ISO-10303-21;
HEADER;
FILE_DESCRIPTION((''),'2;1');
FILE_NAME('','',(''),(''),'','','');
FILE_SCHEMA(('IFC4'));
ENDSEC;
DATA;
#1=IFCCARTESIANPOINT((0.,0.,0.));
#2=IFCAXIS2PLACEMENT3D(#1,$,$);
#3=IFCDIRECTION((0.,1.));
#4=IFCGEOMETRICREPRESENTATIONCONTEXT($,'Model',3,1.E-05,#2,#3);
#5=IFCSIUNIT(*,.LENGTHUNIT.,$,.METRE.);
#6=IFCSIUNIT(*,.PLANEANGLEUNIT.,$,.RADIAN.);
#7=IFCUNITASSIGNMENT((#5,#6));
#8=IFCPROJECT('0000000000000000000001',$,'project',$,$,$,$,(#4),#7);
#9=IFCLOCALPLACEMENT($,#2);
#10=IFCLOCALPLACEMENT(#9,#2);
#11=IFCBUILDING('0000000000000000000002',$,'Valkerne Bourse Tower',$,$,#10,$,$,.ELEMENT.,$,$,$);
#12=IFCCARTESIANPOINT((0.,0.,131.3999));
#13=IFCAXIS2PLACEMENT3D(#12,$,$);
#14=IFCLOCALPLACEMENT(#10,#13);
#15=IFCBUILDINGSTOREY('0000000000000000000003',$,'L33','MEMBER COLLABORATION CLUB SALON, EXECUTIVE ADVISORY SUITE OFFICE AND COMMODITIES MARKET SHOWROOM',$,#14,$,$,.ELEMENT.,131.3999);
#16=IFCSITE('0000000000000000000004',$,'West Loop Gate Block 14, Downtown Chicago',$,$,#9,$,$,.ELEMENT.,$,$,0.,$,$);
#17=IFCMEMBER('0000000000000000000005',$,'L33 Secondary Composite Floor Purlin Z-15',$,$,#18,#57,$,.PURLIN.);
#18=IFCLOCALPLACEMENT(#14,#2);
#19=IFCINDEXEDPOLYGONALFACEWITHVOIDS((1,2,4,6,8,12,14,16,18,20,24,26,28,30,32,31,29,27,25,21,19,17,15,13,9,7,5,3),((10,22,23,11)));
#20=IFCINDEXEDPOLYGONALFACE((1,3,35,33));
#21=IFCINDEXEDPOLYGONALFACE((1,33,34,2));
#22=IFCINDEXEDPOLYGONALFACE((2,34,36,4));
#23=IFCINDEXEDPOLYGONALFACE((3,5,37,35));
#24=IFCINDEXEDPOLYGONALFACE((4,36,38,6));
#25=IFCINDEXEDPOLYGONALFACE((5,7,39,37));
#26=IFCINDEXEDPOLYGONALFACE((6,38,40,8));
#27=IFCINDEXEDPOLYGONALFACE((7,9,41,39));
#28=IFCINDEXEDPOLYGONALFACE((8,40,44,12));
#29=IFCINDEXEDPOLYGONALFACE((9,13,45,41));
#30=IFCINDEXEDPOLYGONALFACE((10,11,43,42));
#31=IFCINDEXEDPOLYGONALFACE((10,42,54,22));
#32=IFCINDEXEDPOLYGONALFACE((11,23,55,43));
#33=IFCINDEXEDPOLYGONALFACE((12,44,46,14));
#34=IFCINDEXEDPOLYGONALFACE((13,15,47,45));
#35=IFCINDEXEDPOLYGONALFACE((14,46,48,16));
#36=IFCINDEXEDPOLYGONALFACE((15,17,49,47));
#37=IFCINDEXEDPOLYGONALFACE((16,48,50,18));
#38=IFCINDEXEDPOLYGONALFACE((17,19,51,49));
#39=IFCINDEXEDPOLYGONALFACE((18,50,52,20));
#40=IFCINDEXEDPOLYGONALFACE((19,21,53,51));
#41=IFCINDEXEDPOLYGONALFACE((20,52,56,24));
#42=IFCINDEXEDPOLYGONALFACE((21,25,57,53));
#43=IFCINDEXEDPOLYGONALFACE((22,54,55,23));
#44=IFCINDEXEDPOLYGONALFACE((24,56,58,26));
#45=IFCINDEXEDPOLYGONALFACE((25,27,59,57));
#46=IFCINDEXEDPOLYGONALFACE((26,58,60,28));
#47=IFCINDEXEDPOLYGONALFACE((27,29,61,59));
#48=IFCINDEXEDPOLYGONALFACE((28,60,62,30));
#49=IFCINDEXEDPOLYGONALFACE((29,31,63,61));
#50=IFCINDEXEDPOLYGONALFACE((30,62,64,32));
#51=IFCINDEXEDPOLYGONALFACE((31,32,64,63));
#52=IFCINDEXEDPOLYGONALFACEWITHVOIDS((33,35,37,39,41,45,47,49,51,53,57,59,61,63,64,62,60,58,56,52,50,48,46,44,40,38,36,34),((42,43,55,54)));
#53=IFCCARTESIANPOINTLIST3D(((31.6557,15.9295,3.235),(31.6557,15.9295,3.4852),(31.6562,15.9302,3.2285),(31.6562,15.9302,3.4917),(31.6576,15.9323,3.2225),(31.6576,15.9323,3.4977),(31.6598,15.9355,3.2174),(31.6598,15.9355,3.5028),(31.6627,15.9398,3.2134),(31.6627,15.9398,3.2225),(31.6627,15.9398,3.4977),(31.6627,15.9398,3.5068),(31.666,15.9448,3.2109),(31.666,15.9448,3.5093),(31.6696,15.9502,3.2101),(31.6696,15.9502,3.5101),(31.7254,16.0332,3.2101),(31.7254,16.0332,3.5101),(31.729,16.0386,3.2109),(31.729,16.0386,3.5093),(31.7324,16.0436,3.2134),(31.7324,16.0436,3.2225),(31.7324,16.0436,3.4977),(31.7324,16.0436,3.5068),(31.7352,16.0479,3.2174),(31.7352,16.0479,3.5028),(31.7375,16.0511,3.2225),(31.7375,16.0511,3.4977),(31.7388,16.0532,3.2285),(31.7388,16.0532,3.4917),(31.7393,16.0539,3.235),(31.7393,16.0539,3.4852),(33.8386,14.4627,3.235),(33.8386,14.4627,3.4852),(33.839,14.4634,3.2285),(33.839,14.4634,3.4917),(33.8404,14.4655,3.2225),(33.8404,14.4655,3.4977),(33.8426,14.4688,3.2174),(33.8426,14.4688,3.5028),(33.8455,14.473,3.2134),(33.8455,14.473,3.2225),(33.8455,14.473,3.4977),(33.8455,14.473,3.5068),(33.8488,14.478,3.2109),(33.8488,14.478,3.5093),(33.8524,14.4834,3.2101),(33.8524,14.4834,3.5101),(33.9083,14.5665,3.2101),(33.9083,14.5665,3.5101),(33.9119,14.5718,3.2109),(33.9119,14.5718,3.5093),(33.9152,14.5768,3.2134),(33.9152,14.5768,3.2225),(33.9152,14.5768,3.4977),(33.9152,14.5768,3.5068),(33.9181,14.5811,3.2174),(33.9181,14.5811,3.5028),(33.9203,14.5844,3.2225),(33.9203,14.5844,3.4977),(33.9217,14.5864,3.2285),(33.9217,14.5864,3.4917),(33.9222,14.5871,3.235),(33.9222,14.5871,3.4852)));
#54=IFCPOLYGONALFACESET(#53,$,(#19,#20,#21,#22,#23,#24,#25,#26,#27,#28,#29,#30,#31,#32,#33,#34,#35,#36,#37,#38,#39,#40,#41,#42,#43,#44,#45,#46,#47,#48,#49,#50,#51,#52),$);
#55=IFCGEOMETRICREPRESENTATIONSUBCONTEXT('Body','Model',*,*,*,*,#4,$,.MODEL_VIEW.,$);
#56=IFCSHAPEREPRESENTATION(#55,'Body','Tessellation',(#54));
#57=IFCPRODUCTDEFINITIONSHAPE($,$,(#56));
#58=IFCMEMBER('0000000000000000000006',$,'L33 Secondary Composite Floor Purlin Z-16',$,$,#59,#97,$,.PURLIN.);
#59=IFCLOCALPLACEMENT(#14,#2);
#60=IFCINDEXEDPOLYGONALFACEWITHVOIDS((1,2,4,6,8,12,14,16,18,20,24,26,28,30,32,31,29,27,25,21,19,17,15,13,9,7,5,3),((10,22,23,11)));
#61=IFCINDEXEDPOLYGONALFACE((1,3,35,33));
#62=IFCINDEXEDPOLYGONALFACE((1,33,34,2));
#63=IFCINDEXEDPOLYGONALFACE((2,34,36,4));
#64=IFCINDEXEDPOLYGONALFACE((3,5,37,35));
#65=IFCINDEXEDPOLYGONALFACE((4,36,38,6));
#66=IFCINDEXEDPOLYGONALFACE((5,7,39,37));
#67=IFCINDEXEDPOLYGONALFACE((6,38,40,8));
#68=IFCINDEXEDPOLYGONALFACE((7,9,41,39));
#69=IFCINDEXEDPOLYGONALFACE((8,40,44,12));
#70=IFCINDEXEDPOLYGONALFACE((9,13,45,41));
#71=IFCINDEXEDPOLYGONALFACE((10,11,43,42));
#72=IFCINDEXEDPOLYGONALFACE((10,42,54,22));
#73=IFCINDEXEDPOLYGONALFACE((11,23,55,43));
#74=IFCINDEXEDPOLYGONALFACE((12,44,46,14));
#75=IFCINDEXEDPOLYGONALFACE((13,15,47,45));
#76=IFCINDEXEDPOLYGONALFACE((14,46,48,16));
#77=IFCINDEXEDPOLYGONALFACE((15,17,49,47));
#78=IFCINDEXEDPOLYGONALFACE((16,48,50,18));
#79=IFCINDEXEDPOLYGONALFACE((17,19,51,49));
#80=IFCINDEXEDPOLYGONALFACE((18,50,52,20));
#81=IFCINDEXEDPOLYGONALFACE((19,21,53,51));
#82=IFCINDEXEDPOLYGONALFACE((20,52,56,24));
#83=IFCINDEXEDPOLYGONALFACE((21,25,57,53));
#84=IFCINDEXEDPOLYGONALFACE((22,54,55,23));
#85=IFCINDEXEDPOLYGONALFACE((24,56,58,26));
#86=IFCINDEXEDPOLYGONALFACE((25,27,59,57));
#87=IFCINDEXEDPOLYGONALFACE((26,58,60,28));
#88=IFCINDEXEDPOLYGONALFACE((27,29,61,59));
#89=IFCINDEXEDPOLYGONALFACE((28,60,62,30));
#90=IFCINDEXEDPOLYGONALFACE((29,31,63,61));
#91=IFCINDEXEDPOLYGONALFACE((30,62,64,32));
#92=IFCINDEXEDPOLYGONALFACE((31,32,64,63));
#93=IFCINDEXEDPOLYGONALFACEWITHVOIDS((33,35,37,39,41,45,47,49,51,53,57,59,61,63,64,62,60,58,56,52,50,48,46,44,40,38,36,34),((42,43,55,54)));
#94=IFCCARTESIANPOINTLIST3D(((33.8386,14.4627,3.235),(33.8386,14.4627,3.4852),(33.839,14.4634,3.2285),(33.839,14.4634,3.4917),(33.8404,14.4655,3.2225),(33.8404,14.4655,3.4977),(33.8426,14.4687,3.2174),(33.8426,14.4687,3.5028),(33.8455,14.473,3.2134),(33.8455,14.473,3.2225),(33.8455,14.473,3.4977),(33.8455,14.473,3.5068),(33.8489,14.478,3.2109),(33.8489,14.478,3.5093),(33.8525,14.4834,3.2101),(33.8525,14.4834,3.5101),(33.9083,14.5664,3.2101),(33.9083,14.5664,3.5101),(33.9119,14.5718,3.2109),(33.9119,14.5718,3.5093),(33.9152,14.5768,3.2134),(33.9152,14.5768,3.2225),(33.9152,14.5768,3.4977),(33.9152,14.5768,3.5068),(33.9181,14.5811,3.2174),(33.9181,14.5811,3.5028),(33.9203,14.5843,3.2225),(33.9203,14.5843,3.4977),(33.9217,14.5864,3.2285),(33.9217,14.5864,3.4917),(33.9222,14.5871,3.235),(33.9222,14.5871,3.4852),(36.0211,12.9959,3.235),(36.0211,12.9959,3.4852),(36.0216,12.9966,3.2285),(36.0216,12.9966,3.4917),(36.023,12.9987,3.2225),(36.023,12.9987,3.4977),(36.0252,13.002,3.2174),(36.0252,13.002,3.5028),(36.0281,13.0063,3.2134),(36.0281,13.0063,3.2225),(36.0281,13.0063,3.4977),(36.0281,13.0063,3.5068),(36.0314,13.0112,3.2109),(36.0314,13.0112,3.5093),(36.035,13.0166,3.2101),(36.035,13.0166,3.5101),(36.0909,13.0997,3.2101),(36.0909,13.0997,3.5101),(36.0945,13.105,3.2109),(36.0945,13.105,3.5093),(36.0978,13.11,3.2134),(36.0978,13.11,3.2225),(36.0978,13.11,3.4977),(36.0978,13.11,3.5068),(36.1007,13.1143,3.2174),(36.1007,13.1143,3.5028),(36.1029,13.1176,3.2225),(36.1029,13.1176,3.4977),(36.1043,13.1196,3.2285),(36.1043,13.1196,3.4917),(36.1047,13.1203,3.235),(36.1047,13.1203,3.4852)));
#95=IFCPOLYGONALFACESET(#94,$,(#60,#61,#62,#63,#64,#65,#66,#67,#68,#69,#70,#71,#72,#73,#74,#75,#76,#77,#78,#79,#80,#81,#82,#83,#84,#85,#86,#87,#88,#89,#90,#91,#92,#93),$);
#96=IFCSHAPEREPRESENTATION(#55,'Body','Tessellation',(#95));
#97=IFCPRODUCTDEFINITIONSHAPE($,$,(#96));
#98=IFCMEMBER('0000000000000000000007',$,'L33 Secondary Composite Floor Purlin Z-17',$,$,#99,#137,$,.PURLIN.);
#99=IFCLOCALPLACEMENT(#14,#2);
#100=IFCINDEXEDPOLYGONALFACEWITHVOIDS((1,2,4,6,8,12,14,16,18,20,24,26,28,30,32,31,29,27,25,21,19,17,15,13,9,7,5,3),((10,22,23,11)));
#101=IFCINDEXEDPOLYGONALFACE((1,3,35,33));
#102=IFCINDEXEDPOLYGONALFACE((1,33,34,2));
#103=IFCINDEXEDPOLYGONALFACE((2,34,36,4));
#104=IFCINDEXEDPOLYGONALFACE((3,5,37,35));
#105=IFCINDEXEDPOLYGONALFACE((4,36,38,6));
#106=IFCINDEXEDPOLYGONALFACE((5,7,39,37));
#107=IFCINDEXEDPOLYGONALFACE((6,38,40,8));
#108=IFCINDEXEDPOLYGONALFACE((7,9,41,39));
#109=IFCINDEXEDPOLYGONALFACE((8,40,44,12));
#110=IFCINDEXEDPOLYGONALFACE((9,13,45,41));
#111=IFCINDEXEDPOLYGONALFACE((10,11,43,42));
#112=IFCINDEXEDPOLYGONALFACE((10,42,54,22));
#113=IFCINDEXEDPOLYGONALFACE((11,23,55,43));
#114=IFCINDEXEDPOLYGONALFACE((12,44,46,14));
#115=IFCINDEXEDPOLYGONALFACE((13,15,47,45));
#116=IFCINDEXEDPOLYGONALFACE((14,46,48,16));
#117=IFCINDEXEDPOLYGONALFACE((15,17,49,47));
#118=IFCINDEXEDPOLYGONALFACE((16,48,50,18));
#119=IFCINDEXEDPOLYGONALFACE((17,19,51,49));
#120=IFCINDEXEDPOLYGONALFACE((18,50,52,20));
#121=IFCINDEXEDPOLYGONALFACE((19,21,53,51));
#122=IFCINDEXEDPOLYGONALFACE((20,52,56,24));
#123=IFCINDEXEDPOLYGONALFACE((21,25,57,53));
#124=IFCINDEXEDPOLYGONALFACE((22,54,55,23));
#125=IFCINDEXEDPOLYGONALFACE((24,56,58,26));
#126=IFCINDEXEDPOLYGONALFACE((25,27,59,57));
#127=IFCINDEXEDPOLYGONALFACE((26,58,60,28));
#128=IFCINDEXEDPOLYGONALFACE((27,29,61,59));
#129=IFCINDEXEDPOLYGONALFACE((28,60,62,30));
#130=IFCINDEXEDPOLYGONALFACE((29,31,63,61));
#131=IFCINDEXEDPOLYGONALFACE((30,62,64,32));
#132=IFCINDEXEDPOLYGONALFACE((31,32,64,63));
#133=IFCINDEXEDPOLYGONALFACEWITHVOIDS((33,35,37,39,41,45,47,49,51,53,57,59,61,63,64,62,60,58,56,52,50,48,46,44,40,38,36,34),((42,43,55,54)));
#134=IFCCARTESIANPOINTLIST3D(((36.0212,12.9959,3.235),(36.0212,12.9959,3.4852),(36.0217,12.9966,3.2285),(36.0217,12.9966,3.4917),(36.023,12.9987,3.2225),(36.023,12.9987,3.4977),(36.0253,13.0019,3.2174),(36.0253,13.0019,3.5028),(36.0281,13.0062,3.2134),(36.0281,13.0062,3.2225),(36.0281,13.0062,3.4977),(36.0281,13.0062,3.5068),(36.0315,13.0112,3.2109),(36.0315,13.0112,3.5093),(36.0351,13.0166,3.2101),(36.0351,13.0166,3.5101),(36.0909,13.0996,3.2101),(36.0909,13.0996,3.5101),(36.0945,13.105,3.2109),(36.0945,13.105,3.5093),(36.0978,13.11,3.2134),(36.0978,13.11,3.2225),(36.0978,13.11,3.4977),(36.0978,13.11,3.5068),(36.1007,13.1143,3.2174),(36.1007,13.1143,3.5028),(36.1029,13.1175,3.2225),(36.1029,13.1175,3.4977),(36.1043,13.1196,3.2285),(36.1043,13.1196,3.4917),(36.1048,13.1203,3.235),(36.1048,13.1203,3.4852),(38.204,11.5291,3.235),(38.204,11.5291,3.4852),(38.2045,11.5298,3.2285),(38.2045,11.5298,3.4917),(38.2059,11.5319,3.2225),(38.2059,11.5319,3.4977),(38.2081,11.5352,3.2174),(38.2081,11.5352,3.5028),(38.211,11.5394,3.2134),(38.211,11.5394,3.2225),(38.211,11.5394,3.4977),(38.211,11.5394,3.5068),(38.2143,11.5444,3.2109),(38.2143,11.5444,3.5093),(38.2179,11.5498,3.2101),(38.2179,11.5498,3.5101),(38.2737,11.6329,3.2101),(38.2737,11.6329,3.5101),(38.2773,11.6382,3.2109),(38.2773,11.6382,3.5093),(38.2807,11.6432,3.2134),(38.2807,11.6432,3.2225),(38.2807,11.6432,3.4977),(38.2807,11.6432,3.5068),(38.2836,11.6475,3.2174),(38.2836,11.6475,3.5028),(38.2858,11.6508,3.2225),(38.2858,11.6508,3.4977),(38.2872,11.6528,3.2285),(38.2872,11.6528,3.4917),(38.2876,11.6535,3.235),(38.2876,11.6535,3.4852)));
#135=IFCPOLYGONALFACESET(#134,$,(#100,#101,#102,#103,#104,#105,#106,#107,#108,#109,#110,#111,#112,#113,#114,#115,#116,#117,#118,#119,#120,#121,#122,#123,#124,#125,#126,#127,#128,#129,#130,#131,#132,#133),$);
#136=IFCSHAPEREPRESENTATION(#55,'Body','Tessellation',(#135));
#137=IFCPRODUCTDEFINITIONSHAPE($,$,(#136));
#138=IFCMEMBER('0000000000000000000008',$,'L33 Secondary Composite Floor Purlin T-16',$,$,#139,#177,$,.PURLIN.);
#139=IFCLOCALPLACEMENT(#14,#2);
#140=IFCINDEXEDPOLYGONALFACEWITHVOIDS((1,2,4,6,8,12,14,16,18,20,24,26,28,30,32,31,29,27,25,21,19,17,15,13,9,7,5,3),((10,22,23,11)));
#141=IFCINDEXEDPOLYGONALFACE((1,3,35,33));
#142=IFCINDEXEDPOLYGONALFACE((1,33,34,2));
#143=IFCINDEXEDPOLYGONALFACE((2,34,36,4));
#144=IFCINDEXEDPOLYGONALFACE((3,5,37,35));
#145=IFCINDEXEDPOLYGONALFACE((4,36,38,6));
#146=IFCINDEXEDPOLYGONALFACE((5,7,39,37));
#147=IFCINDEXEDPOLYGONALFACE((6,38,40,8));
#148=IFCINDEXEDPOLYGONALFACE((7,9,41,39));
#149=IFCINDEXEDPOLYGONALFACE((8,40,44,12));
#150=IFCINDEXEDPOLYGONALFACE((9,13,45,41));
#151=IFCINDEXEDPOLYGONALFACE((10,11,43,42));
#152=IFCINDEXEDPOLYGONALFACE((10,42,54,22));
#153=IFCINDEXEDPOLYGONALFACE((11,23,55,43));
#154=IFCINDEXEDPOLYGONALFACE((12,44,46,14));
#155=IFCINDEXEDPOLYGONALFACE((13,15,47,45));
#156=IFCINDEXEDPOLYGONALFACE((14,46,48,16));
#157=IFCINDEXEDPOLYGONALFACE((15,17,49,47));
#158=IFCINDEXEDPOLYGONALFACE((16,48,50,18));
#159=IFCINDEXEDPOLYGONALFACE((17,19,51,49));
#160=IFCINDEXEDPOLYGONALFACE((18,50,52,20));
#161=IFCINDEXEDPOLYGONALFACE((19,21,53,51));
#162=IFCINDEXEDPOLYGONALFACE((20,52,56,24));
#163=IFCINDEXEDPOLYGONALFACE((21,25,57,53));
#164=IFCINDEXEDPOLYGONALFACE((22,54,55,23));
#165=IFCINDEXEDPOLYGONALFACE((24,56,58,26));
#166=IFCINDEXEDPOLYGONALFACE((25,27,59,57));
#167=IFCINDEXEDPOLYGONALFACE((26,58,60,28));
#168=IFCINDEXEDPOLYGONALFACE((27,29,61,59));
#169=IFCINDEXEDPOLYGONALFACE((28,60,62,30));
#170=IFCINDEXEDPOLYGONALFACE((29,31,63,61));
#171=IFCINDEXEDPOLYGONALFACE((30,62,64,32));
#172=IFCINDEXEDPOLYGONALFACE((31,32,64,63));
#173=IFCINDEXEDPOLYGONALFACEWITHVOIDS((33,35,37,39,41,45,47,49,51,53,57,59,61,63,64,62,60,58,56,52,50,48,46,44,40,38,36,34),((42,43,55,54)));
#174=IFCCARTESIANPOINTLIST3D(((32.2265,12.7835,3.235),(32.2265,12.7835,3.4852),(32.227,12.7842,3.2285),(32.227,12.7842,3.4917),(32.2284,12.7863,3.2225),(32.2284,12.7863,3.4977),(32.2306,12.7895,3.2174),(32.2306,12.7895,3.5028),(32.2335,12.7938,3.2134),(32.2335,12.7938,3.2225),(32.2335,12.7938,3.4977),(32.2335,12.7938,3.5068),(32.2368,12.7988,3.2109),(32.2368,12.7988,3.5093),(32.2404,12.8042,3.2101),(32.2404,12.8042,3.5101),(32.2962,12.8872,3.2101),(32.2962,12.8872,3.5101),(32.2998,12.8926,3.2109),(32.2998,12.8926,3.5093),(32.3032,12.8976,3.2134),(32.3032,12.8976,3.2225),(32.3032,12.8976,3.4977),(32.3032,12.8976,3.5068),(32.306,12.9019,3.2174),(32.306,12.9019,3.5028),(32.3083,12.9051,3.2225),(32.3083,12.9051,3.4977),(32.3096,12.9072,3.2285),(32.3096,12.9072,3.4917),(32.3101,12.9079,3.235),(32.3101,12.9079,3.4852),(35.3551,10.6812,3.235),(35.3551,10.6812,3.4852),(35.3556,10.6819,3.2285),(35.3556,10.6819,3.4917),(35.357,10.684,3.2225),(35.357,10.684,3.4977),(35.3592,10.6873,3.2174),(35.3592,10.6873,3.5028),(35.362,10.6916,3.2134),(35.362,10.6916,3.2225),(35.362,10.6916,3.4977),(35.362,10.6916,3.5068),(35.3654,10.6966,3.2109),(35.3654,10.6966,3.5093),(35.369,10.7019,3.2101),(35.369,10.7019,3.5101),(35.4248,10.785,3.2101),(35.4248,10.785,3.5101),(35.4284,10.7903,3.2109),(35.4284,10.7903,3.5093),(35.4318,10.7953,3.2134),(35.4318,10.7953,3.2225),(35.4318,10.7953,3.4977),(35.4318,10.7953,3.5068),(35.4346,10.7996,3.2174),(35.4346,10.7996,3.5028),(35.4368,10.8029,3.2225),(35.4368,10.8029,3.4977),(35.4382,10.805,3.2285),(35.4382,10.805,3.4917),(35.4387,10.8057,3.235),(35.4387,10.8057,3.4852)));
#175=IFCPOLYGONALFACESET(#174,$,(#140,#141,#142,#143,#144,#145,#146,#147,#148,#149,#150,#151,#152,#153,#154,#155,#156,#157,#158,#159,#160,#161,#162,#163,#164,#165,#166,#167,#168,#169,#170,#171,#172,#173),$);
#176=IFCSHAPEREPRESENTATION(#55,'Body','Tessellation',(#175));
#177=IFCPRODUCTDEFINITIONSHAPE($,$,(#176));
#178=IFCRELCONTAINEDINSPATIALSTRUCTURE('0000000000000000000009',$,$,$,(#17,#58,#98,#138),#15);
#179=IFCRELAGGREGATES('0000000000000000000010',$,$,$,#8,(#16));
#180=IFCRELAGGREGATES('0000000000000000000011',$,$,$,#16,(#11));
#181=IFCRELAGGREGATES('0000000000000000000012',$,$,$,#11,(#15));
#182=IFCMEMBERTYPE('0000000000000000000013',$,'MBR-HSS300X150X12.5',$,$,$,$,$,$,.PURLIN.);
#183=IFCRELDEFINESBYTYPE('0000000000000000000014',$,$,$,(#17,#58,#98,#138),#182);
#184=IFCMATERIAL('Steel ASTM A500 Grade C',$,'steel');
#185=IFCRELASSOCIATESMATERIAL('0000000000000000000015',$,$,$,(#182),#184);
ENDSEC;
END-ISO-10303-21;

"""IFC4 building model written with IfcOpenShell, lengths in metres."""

from ifc_helpers import new_model, si_unit, direction, frame, origin, origin_2d, place, context, subcontext, project, spatial, hollow_rectangle, extrude, material, material_profile, profile_set, type_object, element, save


model = new_model("IFC4")

# Units and contexts
model_context = context("Model", 3, precision=1e-05, world=origin(), true_north=direction((0.0, 1.0)))
body_context = subcontext(model_context, "Body", "Model", "MODEL_VIEW")
ifc_project = project(units=[si_unit("LENGTHUNIT", "METRE"), si_unit("PLANEANGLEUNIT", "RADIAN")], contexts=[model_context])

# Site, building, storey
site_placement = place(None, origin())
site = spatial("IfcSite", under=ifc_project, at=site_placement, Name="West Loop Gate Block 14, Downtown Chicago", CompositionType="ELEMENT", RefElevation=0.0)
building_placement = place(site_placement, origin())
building = spatial("IfcBuilding", under=site, at=building_placement, Name="Valkerne Bourse Tower", CompositionType="ELEMENT")
storey_placement = place(building_placement, frame((0.0, 0.0, 131.3999)))
storey = spatial("IfcBuildingStorey", under=building, at=storey_placement, Name="L33", Description="MEMBER COLLABORATION CLUB SALON, EXECUTIVE ADVISORY SUITE OFFICE AND COMMODITIES MARKET SHOWROOM", CompositionType="ELEMENT", Elevation=131.3999)

# Members
ifc_material_1 = material(Name="Steel ASTM A500 Grade C", Category="steel")
ifc_material_profile_1 = material_profile(ifc_material_1, hollow_rectangle(XDim=0.1499, YDim=0.3, WallThickness=0.0125, OuterFilletRadius=0.0249, at=origin_2d()), Name="HSS300X150X12.5")
ifc_profile_set_1 = profile_set([ifc_material_profile_1], Name="Steel ASTM A500 Grade C")
member_type_1 = type_object("IfcMemberType", Name="MBR-HSS300X150X12.5", PredefinedType="PURLIN", material=ifc_profile_set_1)
member_1_placement = place(storey_placement, frame((31.6975, 15.9917, 3.3601), z_axis=(0.830017, -0.557739, 0.0), x_axis=(0.557739, 0.830017, 0.0)))
element("IfcMember", 1, at=member_1_placement, inside=storey, type_object=member_type_1, Name="L33 Secondary Composite Floor Purlin Z-15", PredefinedType="PURLIN", context=body_context, shape_type="SweptSolid", body=[
    extrude(hollow_rectangle(XDim=0.1499, YDim=0.3, WallThickness=0.0125, OuterFilletRadius=0.0249, at=origin_2d()), origin(), (0.0, 0.0, 1.0), 2.6299),
])
member_2_placement = place(storey_placement, frame((33.8804, 14.5249, 3.3601), z_axis=(0.829988, -0.557782, 0.0), x_axis=(0.557782, 0.829988, 0.0)))
element("IfcMember", 2, at=member_2_placement, inside=storey, type_object=member_type_1, Name="L33 Secondary Composite Floor Purlin Z-16", PredefinedType="PURLIN", context=body_context, shape_type="SweptSolid", body=[
    extrude(hollow_rectangle(XDim=0.1499, YDim=0.3, WallThickness=0.0125, OuterFilletRadius=0.0249, at=origin_2d()), origin(), (0.0, 0.0, 1.0), 2.6296),
])
member_3_placement = place(storey_placement, frame((36.063, 13.0581, 3.3601), z_axis=(0.830017, -0.557739, 0.0), x_axis=(0.557739, 0.830017, 0.0)))
element("IfcMember", 3, at=member_3_placement, inside=storey, type_object=member_type_1, Name="L33 Secondary Composite Floor Purlin Z-17", PredefinedType="PURLIN", context=body_context, shape_type="SweptSolid", body=[
    extrude(hollow_rectangle(XDim=0.1499, YDim=0.3, WallThickness=0.0125, OuterFilletRadius=0.0249, at=origin_2d()), origin(), (0.0, 0.0, 1.0), 2.6299),
])
for number, where, z_axis, x_axis, name in (
    (4, (32.2683, 12.8457, 3.3601), (0.830022, -0.557731, 0.0), (0.557731, 0.830022, 0.0), "L33 Secondary Composite Floor Purlin T-16"),
):
    element("IfcMember", number, at=place(storey_placement, frame(where, z_axis=z_axis, x_axis=x_axis)), inside=storey, type_object=member_type_1, Name=name, PredefinedType="PURLIN", context=body_context, shape_type="SweptSolid", body=[
        extrude(hollow_rectangle(XDim=0.1499, YDim=0.3, WallThickness=0.0125, OuterFilletRadius=0.0249, at=origin_2d()), origin(), (0.0, 0.0, 1.0), 3.7693),
    ])

save(model, "model.ifc")
